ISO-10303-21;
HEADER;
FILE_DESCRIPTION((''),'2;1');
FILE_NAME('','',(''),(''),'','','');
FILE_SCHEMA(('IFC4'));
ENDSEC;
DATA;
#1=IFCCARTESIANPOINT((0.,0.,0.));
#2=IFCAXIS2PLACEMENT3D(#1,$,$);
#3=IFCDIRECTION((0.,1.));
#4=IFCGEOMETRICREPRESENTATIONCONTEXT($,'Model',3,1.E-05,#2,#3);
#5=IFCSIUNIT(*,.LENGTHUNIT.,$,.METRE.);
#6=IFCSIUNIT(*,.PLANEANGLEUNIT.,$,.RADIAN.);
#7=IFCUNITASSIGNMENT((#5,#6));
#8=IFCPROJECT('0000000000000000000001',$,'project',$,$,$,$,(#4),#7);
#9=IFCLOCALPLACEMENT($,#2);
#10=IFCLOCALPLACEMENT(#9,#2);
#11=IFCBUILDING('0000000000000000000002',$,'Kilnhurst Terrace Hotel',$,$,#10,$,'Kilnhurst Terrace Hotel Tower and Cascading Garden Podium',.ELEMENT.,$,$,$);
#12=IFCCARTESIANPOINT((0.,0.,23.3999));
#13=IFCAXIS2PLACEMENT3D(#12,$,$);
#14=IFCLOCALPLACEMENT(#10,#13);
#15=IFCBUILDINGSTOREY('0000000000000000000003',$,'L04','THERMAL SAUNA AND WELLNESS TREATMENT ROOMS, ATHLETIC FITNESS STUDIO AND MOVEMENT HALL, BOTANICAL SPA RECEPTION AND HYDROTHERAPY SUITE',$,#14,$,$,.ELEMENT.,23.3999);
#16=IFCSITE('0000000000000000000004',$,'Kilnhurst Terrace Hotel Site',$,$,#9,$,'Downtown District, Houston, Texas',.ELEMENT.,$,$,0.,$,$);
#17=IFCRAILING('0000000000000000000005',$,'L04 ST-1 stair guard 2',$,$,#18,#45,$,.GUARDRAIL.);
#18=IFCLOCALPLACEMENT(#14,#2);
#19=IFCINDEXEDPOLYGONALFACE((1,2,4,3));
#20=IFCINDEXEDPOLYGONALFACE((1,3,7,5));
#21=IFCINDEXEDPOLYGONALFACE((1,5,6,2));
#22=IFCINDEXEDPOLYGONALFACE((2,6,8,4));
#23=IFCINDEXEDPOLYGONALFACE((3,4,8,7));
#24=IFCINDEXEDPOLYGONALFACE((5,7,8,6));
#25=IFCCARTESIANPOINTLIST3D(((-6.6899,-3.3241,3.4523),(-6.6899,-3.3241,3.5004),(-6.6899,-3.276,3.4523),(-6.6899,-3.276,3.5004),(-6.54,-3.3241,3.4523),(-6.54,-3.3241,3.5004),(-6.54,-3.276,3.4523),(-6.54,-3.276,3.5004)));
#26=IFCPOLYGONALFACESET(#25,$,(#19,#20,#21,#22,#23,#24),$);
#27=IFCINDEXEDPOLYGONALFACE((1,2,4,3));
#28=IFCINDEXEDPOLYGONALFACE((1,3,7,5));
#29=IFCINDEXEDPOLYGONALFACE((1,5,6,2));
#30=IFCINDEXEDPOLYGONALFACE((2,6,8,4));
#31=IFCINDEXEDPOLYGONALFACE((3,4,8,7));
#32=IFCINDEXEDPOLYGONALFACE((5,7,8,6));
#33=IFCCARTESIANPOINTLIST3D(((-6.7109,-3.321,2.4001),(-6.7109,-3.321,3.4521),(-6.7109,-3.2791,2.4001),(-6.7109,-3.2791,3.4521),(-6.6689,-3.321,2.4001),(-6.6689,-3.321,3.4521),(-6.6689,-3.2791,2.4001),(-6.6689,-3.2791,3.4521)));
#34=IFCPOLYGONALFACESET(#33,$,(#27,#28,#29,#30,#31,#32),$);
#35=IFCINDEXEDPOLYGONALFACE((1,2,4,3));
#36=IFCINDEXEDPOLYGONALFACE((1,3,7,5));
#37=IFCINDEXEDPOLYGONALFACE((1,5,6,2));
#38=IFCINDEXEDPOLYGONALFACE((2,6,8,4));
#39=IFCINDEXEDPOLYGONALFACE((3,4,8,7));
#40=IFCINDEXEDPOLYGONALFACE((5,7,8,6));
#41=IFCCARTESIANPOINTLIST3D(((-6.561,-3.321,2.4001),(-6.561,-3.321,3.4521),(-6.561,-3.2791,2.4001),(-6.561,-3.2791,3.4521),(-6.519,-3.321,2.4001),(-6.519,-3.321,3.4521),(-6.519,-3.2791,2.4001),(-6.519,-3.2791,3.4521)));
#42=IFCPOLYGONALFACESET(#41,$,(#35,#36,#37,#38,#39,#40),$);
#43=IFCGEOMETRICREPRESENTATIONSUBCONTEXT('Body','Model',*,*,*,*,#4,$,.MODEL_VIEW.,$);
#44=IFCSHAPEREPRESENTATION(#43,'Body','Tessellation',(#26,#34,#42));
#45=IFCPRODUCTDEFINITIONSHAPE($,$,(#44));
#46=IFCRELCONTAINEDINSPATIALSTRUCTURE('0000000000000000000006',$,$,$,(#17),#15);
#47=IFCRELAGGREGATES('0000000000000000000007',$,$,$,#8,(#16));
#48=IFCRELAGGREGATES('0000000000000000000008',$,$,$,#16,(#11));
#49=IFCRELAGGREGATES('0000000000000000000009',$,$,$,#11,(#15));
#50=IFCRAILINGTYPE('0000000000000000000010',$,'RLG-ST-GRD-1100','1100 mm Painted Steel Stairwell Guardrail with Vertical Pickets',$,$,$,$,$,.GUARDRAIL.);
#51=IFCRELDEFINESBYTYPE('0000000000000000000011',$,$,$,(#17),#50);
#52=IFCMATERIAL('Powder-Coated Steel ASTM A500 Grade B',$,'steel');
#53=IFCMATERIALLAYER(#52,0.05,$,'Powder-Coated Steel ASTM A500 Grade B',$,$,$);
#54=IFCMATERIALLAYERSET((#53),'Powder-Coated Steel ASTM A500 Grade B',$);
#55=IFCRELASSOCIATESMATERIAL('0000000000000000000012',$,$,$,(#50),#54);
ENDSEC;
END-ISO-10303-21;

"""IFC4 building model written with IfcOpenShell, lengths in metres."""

from ifc_helpers import new_model, si_unit, direction, frame, origin, origin_2d, place, context, subcontext, project, spatial, rectangle, extrude, material, layer, layer_set, type_object, element, save


model = new_model("IFC4")

# Units and contexts
model_context = context("Model", 3, precision=1e-05, world=origin(), true_north=direction((0.0, 1.0)))
body_context = subcontext(model_context, "Body", "Model", "MODEL_VIEW")
ifc_project = project(units=[si_unit("LENGTHUNIT", "METRE"), si_unit("PLANEANGLEUNIT", "RADIAN")], contexts=[model_context])

# Site, building, storey
site_placement = place(None, origin())
site = spatial("IfcSite", under=ifc_project, at=site_placement, Name="Kilnhurst Terrace Hotel Site", LongName="Downtown District, Houston, Texas", CompositionType="ELEMENT", RefElevation=0.0)
building_placement = place(site_placement, origin())
building = spatial("IfcBuilding", under=site, at=building_placement, Name="Kilnhurst Terrace Hotel", LongName="Kilnhurst Terrace Hotel Tower and Cascading Garden Podium", CompositionType="ELEMENT")
storey_placement = place(building_placement, frame((0.0, 0.0, 23.3999)))
storey = spatial("IfcBuildingStorey", under=building, at=storey_placement, Name="L04", Description="THERMAL SAUNA AND WELLNESS TREATMENT ROOMS, ATHLETIC FITNESS STUDIO AND MOVEMENT HALL, BOTANICAL SPA RECEPTION AND HYDROTHERAPY SUITE", CompositionType="ELEMENT", Elevation=23.3999)

# Railing
ifc_material_1 = material(Name="Powder-Coated Steel ASTM A500 Grade B", Category="steel")
ifc_layer_1 = layer(ifc_material_1, 0.05, Name="Powder-Coated Steel ASTM A500 Grade B")
ifc_layer_set_1 = layer_set([ifc_layer_1], Name="Powder-Coated Steel ASTM A500 Grade B")
railing_type = type_object("IfcRailingType", Name="RLG-ST-GRD-1100", Description="1100 mm Painted Steel Stairwell Guardrail with Vertical Pickets", PredefinedType="GUARDRAIL", material=ifc_layer_set_1)
railing_placement = place(storey_placement, frame((-6.6899, -3.3, 2.4001)))
element("IfcRailing", 1, at=railing_placement, inside=storey, type_object=railing_type, Name="L04 ST-1 stair guard 2", PredefinedType="GUARDRAIL", context=body_context, shape_type="SweptSolid", body=[
    extrude(rectangle(XDim=0.0481, YDim=0.0481, at=origin_2d()), frame((0.0, 0.0, 1.0762), z_axis=(1.0, 0.0, 0.0), x_axis=(0.0, 1.0, 0.0)), (0.0, 0.0, 1.0), 0.1499),
    extrude(rectangle(XDim=0.042, YDim=0.042, at=origin_2d()), origin(), (0.0, 0.0, 1.0), 1.052),
    extrude(rectangle(XDim=0.042, YDim=0.042, at=origin_2d()), frame((0.1499, 0.0, 0.0)), (0.0, 0.0, 1.0), 1.052),
])

save(model, "model.ifc")
